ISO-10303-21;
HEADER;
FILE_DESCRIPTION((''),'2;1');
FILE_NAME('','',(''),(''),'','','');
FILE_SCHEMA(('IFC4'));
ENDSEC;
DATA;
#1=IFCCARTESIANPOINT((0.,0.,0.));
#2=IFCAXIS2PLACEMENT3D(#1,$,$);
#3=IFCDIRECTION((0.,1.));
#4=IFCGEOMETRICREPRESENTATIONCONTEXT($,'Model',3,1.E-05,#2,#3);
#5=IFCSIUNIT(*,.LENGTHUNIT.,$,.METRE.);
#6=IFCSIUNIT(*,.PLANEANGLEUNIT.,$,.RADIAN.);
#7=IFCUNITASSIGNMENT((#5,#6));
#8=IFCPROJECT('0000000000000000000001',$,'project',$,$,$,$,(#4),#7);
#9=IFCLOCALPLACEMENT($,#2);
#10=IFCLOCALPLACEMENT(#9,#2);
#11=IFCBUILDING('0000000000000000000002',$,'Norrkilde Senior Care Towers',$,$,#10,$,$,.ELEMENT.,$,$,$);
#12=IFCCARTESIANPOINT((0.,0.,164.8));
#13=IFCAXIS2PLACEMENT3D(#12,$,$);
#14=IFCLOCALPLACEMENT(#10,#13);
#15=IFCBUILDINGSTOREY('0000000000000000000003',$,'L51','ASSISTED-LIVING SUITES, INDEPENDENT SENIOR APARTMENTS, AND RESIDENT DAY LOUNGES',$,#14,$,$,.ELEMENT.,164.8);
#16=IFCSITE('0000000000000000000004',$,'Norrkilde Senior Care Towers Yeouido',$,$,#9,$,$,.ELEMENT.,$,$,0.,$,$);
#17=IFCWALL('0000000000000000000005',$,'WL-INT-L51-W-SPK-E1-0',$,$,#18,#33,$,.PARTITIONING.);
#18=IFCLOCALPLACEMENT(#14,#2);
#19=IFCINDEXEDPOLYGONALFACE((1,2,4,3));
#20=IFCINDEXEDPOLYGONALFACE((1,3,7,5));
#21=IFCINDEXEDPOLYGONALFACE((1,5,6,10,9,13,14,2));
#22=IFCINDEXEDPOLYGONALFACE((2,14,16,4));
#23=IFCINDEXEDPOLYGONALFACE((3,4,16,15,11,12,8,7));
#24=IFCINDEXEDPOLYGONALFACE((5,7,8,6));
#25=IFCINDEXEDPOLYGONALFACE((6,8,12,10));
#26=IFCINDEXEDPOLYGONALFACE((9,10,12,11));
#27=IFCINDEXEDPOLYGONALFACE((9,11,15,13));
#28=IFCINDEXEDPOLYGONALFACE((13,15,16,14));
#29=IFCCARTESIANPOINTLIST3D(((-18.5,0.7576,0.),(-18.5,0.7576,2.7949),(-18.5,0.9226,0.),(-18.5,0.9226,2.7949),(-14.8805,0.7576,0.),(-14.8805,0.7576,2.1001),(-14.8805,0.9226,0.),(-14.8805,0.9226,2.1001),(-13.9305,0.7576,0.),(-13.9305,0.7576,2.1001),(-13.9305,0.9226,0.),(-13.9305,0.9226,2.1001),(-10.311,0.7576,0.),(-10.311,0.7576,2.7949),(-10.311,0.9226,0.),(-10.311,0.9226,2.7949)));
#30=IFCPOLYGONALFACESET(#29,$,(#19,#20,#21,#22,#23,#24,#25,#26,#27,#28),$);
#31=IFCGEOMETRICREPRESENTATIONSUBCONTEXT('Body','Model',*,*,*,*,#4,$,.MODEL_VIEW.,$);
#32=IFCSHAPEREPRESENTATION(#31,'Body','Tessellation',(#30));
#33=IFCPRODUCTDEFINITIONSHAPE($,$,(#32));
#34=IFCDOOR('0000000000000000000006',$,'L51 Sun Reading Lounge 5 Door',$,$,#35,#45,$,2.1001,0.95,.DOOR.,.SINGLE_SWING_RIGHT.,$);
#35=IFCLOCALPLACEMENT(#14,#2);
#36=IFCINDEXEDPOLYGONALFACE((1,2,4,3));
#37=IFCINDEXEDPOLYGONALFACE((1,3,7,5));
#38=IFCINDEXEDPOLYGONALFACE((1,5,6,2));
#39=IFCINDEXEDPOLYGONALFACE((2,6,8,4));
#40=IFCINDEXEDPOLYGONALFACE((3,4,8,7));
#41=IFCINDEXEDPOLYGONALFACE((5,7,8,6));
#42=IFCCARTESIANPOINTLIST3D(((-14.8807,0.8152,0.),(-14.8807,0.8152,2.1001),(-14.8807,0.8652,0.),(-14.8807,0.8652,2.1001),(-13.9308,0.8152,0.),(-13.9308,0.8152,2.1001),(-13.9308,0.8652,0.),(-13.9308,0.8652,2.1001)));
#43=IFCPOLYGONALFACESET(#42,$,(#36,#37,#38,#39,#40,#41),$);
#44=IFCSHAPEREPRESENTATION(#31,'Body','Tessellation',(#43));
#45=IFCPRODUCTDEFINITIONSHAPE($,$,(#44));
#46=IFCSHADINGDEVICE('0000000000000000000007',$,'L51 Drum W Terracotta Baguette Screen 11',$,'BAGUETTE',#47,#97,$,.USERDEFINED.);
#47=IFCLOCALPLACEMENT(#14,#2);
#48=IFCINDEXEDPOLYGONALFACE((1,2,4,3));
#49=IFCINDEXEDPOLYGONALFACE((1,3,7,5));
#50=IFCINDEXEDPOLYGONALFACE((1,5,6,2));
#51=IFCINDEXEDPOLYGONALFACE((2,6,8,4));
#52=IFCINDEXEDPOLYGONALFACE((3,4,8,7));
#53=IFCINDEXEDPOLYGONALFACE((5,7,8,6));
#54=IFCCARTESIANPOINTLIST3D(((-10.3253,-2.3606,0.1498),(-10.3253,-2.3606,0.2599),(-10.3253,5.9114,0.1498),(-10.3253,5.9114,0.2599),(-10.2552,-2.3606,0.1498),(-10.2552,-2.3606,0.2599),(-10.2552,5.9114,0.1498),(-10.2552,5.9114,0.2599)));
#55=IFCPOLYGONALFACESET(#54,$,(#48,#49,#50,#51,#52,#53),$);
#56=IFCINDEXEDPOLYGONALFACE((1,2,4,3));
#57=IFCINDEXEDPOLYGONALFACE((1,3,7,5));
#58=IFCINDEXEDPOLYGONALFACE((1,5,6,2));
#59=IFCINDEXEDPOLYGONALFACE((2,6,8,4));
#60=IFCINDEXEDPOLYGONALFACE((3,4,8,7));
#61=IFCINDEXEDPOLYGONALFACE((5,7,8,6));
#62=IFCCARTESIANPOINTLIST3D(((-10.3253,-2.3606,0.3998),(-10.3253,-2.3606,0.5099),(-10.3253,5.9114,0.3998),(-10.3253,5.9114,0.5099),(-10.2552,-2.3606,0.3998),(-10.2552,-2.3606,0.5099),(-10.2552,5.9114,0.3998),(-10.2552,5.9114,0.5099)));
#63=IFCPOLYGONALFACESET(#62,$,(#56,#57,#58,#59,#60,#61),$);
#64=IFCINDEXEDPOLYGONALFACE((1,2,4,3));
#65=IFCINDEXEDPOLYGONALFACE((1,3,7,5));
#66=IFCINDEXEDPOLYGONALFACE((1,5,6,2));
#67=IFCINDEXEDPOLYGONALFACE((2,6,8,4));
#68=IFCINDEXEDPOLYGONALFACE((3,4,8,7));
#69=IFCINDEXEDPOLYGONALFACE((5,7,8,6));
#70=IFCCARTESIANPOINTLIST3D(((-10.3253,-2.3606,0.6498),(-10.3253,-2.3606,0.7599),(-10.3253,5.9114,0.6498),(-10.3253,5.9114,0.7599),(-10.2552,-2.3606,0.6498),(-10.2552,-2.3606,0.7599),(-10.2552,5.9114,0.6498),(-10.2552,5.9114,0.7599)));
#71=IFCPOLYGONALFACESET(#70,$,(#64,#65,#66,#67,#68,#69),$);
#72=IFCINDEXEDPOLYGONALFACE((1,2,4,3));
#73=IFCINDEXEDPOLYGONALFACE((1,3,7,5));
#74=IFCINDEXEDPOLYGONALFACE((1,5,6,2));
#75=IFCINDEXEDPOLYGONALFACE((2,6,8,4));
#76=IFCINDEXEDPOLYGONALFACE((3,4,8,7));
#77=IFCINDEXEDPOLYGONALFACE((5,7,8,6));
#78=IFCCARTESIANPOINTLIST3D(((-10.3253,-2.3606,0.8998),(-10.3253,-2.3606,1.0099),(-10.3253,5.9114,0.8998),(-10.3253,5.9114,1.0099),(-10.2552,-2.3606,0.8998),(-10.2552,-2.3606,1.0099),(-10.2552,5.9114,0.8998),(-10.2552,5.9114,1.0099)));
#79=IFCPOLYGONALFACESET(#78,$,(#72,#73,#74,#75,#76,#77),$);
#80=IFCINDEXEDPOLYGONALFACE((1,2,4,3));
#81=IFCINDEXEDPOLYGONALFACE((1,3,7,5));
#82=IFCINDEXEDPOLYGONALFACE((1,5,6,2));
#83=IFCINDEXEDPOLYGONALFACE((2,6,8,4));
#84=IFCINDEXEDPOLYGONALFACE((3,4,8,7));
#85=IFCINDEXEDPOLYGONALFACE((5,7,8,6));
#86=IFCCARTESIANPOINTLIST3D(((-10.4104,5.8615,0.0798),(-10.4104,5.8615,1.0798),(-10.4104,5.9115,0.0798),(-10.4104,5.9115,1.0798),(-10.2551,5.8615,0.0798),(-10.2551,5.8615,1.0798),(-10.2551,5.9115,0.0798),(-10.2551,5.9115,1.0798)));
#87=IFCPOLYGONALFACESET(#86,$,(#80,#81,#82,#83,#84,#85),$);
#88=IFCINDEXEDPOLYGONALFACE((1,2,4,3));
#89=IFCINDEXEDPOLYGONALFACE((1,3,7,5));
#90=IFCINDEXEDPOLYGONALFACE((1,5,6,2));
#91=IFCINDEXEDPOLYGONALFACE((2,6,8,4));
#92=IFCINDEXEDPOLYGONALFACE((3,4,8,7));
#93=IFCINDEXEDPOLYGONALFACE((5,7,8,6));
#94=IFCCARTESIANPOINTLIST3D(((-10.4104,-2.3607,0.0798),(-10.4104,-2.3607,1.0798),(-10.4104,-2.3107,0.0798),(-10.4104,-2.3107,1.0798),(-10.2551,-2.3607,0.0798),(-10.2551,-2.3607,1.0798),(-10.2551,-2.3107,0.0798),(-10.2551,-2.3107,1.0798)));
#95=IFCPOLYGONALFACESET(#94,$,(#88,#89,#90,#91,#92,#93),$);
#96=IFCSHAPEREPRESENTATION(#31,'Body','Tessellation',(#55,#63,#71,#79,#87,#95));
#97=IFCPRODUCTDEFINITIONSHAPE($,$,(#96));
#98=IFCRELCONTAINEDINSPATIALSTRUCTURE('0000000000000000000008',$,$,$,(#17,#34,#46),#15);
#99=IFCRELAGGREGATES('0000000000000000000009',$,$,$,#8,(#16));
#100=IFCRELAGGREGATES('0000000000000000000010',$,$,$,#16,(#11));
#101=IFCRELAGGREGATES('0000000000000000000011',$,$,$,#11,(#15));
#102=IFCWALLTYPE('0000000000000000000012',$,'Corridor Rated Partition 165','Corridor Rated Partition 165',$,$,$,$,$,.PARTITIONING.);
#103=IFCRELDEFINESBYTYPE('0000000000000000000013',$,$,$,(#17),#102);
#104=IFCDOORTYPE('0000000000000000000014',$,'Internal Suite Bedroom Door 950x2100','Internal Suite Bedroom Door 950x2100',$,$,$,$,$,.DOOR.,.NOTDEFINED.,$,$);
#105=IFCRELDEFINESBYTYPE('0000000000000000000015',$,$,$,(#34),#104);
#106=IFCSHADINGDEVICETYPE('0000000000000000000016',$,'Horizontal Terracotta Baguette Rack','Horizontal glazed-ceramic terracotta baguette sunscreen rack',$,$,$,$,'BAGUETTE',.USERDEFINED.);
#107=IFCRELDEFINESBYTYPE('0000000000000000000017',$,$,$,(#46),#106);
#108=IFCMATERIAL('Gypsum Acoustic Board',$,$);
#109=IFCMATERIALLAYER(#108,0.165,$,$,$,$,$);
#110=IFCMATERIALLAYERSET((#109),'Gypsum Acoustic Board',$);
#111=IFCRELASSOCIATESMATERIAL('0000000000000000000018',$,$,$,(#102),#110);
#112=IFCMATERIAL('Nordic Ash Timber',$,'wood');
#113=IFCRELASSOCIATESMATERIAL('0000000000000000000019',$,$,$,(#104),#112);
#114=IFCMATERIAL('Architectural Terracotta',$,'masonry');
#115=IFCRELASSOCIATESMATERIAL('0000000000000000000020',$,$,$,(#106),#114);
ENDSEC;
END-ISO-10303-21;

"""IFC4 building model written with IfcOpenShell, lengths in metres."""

from ifc_helpers import new_model, si_unit, direction, frame, frame_2d, origin, origin_2d, place, context, subcontext, project, spatial, rectangle, extrude, source, transform, mapped, material, layer, layer_set, type_object, type_shapes, element, fill, save


model = new_model("IFC4")

# Units and contexts
model_context = context("Model", 3, precision=1e-05, world=origin(), true_north=direction((0.0, 1.0)))
body_context = subcontext(model_context, "Body", "Model", "MODEL_VIEW")
ifc_project = project(units=[si_unit("LENGTHUNIT", "METRE"), si_unit("PLANEANGLEUNIT", "RADIAN")], contexts=[model_context])

# Site, building, storey
site_placement = place(None, origin())
site = spatial("IfcSite", under=ifc_project, at=site_placement, Name="Norrkilde Senior Care Towers Yeouido", CompositionType="ELEMENT", RefElevation=0.0)
building_placement = place(site_placement, origin())
building = spatial("IfcBuilding", under=site, at=building_placement, Name="Norrkilde Senior Care Towers", CompositionType="ELEMENT")
storey_placement = place(building_placement, frame((0.0, 0.0, 164.8)))
storey = spatial("IfcBuildingStorey", under=building, at=storey_placement, Name="L51", Description="ASSISTED-LIVING SUITES, INDEPENDENT SENIOR APARTMENTS, AND RESIDENT DAY LOUNGES", CompositionType="ELEMENT", Elevation=164.8)

# Shared definitions
ifc_material_1 = material(Name="Gypsum Acoustic Board")
ifc_layer_1 = layer(ifc_material_1, 0.165)
ifc_layer_set_1 = layer_set([ifc_layer_1], Name="Gypsum Acoustic Board")
wall_type = type_object("IfcWallType", Name="Corridor Rated Partition 165", Description="Corridor Rated Partition 165", PredefinedType="PARTITIONING", material=ifc_layer_set_1)

# Wall, opening, door
shared_shape_1 = source(origin(), body_context, "Body", "SweptSolid", [
    extrude(rectangle(XDim=8.189, YDim=0.165, at=frame_2d((4.0945, 0.0))), origin(), (0.0, 0.0, 1.0), 2.7949),
])
wall_1_placement = place(storey_placement, frame((-18.5, 0.8401, 0.0), z_axis=(0.0, 0.0, 1.0), x_axis=(1.0, 0.0, 0.0)))
wall_1 = element("IfcWall", 1, at=wall_1_placement, inside=storey, type_object=wall_type, Name="WL-INT-L51-W-SPK-E1-0", PredefinedType="PARTITIONING", context=body_context, shape_type="MappedRepresentation", body=[
    mapped(shared_shape_1, transform((0.0, 0.0, 0.0), x_axis=(1.0, 0.0, 0.0), y_axis=(0.0, 1.0, 0.0), z_axis=(0.0, 0.0, 1.0), scale=1.0)),
])
opening_placement = place(wall_1_placement, frame((3.6194, 0.0, 0.0)))
opening = element("IfcOpeningElement", 2, at=opening_placement, cuts=wall_1, PredefinedType="OPENING", context=body_context, shape_type="SweptSolid", body=[
    extrude(rectangle(XDim=0.95, YDim=2.1001, at=frame_2d((0.4751, 1.05))), frame((0.0, 0.0925, 0.0), z_axis=(0.0, -1.0, 0.0), x_axis=(1.0, 0.0, 0.0)), (0.0, 0.0, 1.0), 0.1851),
])
ifc_material_2 = material(Name="Nordic Ash Timber", Category="wood")
door_type = type_object("IfcDoorType", Name="Internal Suite Bedroom Door 950x2100", Description="Internal Suite Bedroom Door 950x2100", OperationType="NOTDEFINED", PredefinedType="DOOR", material=ifc_material_2)
shared_shape_2 = source(origin(), body_context, "Body", "SweptSolid", [
    extrude(rectangle(XDim=0.95, YDim=2.1001, at=frame_2d((0.4751, 1.05))), frame((0.0, 0.0249, 0.0), z_axis=(0.0, -1.0, 0.0), x_axis=(1.0, 0.0, 0.0)), (0.0, 0.0, 1.0), 0.05),
])
type_shapes(door_type, [shared_shape_2])
door_placement = place(opening_placement, frame((0.95, 0.0, 0.0), z_axis=(0.0, 0.0, 1.0), x_axis=(-1.0, 0.0, 0.0)))
door = element("IfcDoor", 3, at=door_placement, inside=storey, type_object=door_type, Name="L51 Sun Reading Lounge 5 Door", OperationType="SINGLE_SWING_RIGHT", OverallHeight=2.1001, OverallWidth=0.95, PredefinedType="DOOR", context=body_context, shape_type="MappedRepresentation", body=[
    mapped(shared_shape_2, transform((0.0, 0.0, 0.0), x_axis=(1.0, 0.0, 0.0), y_axis=(0.0, 1.0, 0.0), z_axis=(0.0, 0.0, 1.0), scale=1.0)),
])
fill(opening, door)

# Shading device
ifc_material_3 = material(Name="Architectural Terracotta", Category="masonry")
shading_device_type = type_object("IfcShadingDeviceType", Name="Horizontal Terracotta Baguette Rack", Description="Horizontal glazed-ceramic terracotta baguette sunscreen rack", ElementType="BAGUETTE", PredefinedType="USERDEFINED", material=ifc_material_3)
shared_shape_3 = source(origin(), body_context, "Body", "SweptSolid", [
    extrude(rectangle(XDim=0.0701, YDim=0.1101, at=origin_2d()), frame((0.0, 0.0901, 0.125), z_axis=(1.0, 0.0, 0.0), x_axis=(0.0, 1.0, 0.0)), (0.0, 0.0, 1.0), 8.272),
    extrude(rectangle(XDim=0.0701, YDim=0.1101, at=origin_2d()), frame((0.0, 0.0901, 0.375), z_axis=(1.0, 0.0, 0.0), x_axis=(0.0, 1.0, 0.0)), (0.0, 0.0, 1.0), 8.272),
    extrude(rectangle(XDim=0.0701, YDim=0.1101, at=origin_2d()), frame((0.0, 0.0901, 0.625), z_axis=(1.0, 0.0, 0.0), x_axis=(0.0, 1.0, 0.0)), (0.0, 0.0, 1.0), 8.272),
    extrude(rectangle(XDim=0.0701, YDim=0.1101, at=origin_2d()), frame((0.0, 0.0901, 0.875), z_axis=(1.0, 0.0, 0.0), x_axis=(0.0, 1.0, 0.0)), (0.0, 0.0, 1.0), 8.272),
    extrude(rectangle(XDim=0.05, YDim=0.1553, at=origin_2d()), frame((0.0249, 0.0476, 0.0)), (0.0, 0.0, 1.0), 1.0),
    extrude(rectangle(XDim=0.05, YDim=0.1553, at=origin_2d()), frame((8.2471, 0.0476, 0.0)), (0.0, 0.0, 1.0), 1.0),
])
type_shapes(shading_device_type, [shared_shape_3])
shading_device_placement = place(storey_placement, frame((-10.3804, 5.9114, 0.0798), z_axis=(0.0, 0.0, 1.0), x_axis=(0.0, -1.0, 0.0)))
element("IfcShadingDevice", 4, at=shading_device_placement, inside=storey, type_object=shading_device_type, Name="L51 Drum W Terracotta Baguette Screen 11", ObjectType="BAGUETTE", PredefinedType="USERDEFINED", context=body_context, shape_type="MappedRepresentation", body=[
    mapped(shared_shape_3, transform((0.0, 0.0, 0.0), x_axis=(1.0, 0.0, 0.0), y_axis=(0.0, 1.0, 0.0), z_axis=(0.0, 0.0, 1.0), scale=1.0)),
])

save(model, "model.ifc")
